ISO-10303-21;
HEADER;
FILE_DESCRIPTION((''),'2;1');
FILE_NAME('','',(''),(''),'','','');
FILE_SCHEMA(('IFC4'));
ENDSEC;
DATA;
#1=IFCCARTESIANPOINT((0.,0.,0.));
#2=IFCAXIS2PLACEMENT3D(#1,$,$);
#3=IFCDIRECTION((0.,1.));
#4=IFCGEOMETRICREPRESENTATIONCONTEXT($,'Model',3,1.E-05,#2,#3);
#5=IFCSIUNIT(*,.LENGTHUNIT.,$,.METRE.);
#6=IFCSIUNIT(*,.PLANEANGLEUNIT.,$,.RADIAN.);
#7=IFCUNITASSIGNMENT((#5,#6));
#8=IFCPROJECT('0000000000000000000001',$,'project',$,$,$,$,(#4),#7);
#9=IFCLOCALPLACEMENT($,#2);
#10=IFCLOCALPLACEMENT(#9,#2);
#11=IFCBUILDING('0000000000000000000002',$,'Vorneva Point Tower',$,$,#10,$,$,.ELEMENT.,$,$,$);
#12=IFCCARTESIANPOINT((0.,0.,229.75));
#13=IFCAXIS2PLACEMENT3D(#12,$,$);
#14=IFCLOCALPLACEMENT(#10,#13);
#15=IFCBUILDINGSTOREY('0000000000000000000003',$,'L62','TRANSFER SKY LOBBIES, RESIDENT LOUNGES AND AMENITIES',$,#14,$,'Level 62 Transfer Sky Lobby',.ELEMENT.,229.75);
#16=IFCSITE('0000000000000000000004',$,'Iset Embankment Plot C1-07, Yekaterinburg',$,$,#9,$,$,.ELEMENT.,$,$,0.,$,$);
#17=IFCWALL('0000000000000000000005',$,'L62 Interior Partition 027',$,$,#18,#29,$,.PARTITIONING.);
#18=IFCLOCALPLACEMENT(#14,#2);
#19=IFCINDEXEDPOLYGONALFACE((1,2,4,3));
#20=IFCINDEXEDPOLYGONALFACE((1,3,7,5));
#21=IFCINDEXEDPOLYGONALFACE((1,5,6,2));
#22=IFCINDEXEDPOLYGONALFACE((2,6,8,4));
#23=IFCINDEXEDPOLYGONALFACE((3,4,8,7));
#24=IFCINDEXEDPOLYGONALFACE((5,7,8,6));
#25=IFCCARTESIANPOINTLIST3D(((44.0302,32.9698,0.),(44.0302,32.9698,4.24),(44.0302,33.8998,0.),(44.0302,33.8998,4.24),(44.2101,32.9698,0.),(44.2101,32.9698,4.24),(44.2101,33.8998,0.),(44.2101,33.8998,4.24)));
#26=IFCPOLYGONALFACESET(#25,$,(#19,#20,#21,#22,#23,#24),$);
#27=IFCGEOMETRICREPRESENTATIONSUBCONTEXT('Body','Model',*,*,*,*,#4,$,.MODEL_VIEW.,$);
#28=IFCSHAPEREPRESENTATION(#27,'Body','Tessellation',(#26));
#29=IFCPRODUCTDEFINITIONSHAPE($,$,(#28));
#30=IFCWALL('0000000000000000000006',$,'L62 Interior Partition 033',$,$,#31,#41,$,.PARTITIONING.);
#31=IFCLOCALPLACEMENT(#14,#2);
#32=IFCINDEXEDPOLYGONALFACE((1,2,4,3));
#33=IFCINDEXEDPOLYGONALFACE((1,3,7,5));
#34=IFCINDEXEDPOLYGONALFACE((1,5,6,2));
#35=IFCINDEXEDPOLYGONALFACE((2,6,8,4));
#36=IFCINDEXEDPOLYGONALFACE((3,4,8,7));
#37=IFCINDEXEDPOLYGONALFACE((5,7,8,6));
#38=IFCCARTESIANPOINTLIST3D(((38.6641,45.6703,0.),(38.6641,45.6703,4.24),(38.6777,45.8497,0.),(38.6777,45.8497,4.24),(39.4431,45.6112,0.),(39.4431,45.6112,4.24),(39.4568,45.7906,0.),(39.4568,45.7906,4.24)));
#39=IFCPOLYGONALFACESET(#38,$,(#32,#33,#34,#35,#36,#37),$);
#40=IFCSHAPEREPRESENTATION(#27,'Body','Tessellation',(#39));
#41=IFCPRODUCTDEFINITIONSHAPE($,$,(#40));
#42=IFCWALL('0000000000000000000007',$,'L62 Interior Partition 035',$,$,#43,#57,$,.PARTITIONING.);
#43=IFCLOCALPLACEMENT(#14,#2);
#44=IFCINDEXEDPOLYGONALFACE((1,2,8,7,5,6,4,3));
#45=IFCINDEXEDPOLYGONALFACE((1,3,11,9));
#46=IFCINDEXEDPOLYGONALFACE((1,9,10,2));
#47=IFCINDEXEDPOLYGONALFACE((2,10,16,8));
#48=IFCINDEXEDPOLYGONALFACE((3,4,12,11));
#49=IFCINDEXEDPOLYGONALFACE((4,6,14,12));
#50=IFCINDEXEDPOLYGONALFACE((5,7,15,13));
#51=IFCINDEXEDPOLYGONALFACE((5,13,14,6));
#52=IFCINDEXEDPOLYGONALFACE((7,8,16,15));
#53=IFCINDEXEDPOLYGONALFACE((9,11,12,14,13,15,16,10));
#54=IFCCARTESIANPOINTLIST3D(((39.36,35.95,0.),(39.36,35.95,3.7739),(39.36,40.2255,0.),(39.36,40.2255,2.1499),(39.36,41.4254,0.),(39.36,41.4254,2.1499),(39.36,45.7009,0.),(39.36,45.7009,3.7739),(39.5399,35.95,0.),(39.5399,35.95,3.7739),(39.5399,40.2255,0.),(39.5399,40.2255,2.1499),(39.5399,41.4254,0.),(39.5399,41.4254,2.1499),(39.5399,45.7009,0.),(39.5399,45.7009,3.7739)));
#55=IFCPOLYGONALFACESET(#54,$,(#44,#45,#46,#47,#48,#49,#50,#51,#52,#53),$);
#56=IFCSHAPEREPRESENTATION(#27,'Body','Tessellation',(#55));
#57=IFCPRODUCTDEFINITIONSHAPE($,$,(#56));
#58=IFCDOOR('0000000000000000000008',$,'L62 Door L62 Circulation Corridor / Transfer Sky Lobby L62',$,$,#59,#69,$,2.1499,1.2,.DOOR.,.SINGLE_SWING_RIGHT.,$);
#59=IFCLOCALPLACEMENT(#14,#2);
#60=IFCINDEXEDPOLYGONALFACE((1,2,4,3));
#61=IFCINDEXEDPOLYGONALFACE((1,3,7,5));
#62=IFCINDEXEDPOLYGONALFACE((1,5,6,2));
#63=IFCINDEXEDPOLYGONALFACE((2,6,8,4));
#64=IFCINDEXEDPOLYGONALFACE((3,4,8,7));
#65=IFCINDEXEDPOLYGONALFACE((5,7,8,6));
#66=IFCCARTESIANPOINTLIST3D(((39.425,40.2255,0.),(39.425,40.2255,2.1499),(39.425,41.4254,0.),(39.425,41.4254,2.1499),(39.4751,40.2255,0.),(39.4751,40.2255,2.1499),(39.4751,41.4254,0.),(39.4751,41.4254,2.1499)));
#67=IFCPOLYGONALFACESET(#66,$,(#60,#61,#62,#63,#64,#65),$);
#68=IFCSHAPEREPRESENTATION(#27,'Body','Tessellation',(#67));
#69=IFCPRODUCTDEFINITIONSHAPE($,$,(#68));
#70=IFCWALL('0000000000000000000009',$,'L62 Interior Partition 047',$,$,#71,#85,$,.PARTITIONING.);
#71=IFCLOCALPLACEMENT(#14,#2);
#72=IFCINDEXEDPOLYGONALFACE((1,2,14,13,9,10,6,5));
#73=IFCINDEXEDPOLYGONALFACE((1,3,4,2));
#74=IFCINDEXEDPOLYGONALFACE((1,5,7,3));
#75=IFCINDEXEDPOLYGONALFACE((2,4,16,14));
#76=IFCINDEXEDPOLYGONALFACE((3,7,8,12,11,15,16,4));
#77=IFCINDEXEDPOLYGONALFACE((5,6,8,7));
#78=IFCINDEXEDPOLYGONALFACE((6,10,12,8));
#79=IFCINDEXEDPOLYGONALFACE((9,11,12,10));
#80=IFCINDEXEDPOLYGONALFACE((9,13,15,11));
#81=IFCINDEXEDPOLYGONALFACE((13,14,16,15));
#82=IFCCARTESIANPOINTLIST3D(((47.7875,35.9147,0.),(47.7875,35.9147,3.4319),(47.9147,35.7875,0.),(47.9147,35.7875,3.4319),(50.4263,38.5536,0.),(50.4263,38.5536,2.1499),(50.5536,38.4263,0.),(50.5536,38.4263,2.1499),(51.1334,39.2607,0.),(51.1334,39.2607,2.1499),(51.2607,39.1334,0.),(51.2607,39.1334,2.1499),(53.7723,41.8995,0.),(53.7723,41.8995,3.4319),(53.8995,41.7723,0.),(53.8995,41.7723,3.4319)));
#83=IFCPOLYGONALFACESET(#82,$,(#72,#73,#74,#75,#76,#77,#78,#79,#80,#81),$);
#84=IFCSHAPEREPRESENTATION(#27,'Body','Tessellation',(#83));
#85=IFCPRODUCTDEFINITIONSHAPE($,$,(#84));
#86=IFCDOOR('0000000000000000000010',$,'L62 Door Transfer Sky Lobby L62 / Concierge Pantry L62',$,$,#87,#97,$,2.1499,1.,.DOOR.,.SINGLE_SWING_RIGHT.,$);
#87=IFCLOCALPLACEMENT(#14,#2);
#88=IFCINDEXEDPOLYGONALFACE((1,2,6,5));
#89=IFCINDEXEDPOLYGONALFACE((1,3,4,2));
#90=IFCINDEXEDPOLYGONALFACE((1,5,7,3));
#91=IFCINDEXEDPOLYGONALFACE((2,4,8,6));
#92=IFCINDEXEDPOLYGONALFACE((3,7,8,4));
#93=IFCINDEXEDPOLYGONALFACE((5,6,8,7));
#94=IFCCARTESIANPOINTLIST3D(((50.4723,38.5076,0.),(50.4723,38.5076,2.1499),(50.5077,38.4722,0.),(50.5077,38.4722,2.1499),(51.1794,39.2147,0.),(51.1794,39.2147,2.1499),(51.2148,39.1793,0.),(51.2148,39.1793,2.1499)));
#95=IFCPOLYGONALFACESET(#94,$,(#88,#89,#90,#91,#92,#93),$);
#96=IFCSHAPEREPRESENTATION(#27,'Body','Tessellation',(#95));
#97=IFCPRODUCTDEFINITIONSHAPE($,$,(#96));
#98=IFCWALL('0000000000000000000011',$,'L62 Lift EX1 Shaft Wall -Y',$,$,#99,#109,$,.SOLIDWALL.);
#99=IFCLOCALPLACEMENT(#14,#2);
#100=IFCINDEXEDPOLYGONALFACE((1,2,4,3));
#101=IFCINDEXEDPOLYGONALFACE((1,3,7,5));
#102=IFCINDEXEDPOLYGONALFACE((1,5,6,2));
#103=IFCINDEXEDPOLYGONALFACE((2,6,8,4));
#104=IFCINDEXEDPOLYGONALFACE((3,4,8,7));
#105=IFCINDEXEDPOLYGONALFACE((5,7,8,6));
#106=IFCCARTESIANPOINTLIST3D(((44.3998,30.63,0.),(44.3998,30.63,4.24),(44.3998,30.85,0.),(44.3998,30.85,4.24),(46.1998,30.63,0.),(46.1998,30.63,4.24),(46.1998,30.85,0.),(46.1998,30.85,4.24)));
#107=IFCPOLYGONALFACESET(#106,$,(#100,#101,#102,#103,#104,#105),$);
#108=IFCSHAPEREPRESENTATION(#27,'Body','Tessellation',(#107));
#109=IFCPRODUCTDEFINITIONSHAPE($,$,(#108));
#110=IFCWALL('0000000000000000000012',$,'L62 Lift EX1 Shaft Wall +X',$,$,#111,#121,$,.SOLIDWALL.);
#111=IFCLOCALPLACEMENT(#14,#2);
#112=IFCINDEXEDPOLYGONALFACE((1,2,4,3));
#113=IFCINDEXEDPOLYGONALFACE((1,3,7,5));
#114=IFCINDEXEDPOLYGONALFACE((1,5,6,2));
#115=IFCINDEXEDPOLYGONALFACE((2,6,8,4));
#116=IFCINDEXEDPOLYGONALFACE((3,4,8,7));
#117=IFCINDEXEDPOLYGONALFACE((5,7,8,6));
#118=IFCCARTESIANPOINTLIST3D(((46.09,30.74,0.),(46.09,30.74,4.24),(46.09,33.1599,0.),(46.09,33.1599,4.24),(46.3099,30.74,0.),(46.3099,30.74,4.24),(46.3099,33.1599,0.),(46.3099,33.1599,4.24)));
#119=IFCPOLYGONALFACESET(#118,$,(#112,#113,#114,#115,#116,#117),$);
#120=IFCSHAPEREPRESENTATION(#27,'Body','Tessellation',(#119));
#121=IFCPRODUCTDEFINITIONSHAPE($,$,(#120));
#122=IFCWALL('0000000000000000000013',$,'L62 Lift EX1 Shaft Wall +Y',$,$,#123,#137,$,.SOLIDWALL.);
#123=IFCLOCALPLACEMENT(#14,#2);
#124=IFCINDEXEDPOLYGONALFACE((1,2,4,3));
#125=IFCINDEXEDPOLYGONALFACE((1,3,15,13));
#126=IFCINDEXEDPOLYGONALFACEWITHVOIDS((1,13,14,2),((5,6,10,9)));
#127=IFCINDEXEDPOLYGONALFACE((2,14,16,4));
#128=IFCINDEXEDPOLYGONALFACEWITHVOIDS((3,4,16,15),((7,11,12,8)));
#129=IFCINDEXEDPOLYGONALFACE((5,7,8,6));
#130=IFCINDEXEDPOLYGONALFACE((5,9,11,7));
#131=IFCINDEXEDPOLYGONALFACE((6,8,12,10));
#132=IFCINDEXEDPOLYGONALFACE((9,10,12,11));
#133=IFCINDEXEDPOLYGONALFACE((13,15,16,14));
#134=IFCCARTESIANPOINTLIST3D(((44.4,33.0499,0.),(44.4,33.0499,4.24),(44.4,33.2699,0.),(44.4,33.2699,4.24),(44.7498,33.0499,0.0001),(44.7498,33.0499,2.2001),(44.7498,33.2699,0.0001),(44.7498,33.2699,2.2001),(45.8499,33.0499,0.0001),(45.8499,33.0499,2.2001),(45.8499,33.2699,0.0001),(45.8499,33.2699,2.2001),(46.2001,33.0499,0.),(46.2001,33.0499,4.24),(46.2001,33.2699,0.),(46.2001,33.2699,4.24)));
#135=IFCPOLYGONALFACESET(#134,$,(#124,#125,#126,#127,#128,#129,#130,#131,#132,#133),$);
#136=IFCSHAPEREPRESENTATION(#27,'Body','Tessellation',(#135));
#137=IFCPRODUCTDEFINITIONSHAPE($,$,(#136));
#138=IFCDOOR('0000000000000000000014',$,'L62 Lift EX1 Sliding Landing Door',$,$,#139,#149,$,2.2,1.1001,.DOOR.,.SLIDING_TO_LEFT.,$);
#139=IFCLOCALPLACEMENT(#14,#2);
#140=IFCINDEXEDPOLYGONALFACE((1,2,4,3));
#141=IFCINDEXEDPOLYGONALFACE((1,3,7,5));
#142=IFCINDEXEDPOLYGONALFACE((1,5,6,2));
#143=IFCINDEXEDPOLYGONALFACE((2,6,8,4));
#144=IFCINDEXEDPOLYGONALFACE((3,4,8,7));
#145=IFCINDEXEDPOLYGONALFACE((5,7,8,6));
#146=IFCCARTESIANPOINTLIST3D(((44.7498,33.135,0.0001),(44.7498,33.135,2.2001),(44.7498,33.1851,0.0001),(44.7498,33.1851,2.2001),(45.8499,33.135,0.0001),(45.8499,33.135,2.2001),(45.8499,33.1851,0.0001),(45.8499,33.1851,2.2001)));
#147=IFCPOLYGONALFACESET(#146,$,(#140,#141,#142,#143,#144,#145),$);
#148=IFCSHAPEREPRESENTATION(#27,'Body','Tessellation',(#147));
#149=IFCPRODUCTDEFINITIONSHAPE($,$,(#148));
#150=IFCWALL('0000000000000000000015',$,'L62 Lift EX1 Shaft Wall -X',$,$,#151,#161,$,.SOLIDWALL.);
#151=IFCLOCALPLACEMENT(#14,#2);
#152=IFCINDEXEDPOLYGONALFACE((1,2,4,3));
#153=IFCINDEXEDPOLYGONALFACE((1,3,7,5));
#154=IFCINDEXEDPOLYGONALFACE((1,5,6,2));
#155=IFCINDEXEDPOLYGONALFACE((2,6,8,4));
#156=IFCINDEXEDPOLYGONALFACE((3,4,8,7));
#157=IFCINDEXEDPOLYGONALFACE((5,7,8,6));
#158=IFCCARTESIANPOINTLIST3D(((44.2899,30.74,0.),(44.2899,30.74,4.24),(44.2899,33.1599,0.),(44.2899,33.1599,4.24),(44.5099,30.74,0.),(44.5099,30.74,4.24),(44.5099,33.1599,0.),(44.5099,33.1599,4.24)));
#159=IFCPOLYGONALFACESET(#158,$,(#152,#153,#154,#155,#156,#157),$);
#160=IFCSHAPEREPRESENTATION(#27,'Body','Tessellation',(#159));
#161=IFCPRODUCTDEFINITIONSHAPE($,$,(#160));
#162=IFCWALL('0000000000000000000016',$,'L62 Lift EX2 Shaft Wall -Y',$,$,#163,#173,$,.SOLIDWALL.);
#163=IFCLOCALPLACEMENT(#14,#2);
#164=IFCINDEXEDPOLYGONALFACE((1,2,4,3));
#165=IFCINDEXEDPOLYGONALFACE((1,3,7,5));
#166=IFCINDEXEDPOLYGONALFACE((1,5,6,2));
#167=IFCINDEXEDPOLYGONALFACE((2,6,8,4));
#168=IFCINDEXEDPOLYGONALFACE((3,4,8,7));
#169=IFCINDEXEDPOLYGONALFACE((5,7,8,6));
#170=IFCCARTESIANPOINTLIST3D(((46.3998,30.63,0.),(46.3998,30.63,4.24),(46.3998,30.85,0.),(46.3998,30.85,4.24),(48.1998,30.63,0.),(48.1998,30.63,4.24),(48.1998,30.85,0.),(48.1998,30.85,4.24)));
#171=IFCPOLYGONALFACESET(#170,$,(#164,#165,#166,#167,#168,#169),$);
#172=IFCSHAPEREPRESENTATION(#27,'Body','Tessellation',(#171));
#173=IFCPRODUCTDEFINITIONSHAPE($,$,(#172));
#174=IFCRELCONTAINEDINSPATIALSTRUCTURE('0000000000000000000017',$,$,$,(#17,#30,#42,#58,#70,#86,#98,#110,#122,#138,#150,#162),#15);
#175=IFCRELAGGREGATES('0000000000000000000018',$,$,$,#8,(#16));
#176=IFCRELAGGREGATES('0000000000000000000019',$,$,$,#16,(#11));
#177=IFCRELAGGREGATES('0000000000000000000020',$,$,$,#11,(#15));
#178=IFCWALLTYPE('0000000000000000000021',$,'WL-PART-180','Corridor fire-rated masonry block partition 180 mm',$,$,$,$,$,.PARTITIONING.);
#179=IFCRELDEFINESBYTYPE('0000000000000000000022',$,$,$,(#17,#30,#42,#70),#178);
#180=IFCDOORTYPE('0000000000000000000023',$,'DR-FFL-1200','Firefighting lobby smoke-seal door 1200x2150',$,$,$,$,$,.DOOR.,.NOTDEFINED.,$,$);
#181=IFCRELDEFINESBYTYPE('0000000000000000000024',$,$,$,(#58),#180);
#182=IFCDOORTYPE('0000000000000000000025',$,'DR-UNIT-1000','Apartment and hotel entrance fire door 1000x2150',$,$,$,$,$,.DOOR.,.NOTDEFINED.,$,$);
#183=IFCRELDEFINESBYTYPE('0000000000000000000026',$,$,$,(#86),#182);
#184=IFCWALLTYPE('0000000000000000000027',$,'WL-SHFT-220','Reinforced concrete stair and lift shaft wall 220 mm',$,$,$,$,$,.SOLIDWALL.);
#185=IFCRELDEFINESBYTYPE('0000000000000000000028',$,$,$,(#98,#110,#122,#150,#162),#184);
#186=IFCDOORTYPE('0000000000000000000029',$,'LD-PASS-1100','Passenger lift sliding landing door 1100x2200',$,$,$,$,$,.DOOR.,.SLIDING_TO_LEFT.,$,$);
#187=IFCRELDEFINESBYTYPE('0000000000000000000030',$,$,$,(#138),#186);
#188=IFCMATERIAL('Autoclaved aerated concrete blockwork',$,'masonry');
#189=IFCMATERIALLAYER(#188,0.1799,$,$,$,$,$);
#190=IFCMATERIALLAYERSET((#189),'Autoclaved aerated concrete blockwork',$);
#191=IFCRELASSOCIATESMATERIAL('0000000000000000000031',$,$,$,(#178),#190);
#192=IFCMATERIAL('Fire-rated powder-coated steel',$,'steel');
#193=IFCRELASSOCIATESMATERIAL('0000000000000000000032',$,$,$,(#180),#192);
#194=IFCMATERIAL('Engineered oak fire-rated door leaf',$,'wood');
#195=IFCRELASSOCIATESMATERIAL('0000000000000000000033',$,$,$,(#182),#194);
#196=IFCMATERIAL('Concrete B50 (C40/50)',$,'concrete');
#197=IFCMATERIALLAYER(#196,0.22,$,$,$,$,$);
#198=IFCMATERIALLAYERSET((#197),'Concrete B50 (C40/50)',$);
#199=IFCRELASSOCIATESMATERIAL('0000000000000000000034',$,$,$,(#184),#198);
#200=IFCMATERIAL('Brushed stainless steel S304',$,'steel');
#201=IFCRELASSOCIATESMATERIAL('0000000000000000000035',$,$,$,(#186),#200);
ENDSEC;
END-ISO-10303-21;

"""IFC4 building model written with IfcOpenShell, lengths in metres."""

from ifc_helpers import new_model, si_unit, direction, frame, frame_2d, origin, place, context, subcontext, project, spatial, rectangle, extrude, material, layer, layer_set, type_object, element, fill, save


model = new_model("IFC4")

# Units and contexts
model_context = context("Model", 3, precision=1e-05, world=origin(), true_north=direction((0.0, 1.0)))
body_context = subcontext(model_context, "Body", "Model", "MODEL_VIEW")
ifc_project = project(units=[si_unit("LENGTHUNIT", "METRE"), si_unit("PLANEANGLEUNIT", "RADIAN")], contexts=[model_context])

# Site, building, storey
site_placement = place(None, origin())
site = spatial("IfcSite", under=ifc_project, at=site_placement, Name="Iset Embankment Plot C1-07, Yekaterinburg", CompositionType="ELEMENT", RefElevation=0.0)
building_placement = place(site_placement, origin())
building = spatial("IfcBuilding", under=site, at=building_placement, Name="Vorneva Point Tower", CompositionType="ELEMENT")
storey_placement = place(building_placement, frame((0.0, 0.0, 229.75)))
storey = spatial("IfcBuildingStorey", under=building, at=storey_placement, Name="L62", Description="TRANSFER SKY LOBBIES, RESIDENT LOUNGES AND AMENITIES", LongName="Level 62 Transfer Sky Lobby", CompositionType="ELEMENT", Elevation=229.75)

# Shared definitions
ifc_material_1 = material(Name="Concrete B50 (C40/50)", Category="concrete")

# Shared definitions
ifc_material_2 = material(Name="Autoclaved aerated concrete blockwork", Category="masonry")
ifc_layer_1 = layer(ifc_material_2, 0.1799)
ifc_layer_set_1 = layer_set([ifc_layer_1], Name="Autoclaved aerated concrete blockwork")
wall_type_1 = type_object("IfcWallType", Name="WL-PART-180", Description="Corridor fire-rated masonry block partition 180 mm", PredefinedType="PARTITIONING", material=ifc_layer_set_1)
ifc_material_3 = material(Name="Engineered oak fire-rated door leaf", Category="wood")

# Walls
wall_1_placement = place(storey_placement, frame((44.1201, 32.97, 0.0), z_axis=(0.0, 0.0, 1.0), x_axis=(0.0, 1.0, 0.0)))
element("IfcWall", 1, at=wall_1_placement, inside=storey, type_object=wall_type_1, Name="L62 Interior Partition 027", PredefinedType="PARTITIONING", context=body_context, shape_type="SweptSolid", body=[
    extrude(rectangle(XDim=0.9299, YDim=0.1799, at=frame_2d((0.4648, 0.0))), origin(), (0.0, 0.0, 1.0), 4.24),
])
wall_2_placement = place(storey_placement, frame((39.45, 45.7009, 0.0), z_axis=(0.0, 0.0, 1.0), x_axis=(-0.997137, 0.075621, 0.0)))
element("IfcWall", 2, at=wall_2_placement, inside=storey, type_object=wall_type_1, Name="L62 Interior Partition 033", PredefinedType="PARTITIONING", context=body_context, shape_type="SweptSolid", body=[
    extrude(rectangle(XDim=0.7812, YDim=0.1799, at=frame_2d((0.3906, 0.0))), origin(), (0.0, 0.0, 1.0), 4.24),
])

# Walls, openings, doors
wall_3_placement = place(storey_placement, frame((39.45, 35.95, 0.0), z_axis=(0.0, 0.0, 1.0), x_axis=(0.0, 1.0, 0.0)))
wall_3 = element("IfcWall", 3, at=wall_3_placement, inside=storey, type_object=wall_type_1, Name="L62 Interior Partition 035", PredefinedType="PARTITIONING", context=body_context, shape_type="SweptSolid", body=[
    extrude(rectangle(XDim=9.751, YDim=0.1799, at=frame_2d((4.8755, 0.0))), origin(), (0.0, 0.0, 1.0), 3.7739),
])
opening_1_placement = place(wall_3_placement, frame((4.2754, 0.0, 0.0)))
opening_1 = element("IfcOpeningElement", 4, at=opening_1_placement, cuts=wall_3, PredefinedType="OPENING", context=body_context, shape_type="SweptSolid", body=[
    extrude(rectangle(XDim=1.2, YDim=2.1499, at=frame_2d((0.6001, 1.075))), frame((0.0, 0.105, 0.0), z_axis=(0.0, -1.0, 0.0), x_axis=(1.0, 0.0, 0.0)), (0.0, 0.0, 1.0), 0.2097),
])
ifc_material_4 = material(Name="Fire-rated powder-coated steel", Category="steel")
door_type_1 = type_object("IfcDoorType", Name="DR-FFL-1200", Description="Firefighting lobby smoke-seal door 1200x2150", OperationType="NOTDEFINED", PredefinedType="DOOR", material=ifc_material_4)
door_1_placement = place(opening_1_placement, origin())
door_1 = element("IfcDoor", 5, at=door_1_placement, inside=storey, type_object=door_type_1, Name="L62 Door L62 Circulation Corridor / Transfer Sky Lobby L62", OperationType="SINGLE_SWING_RIGHT", OverallHeight=2.1499, OverallWidth=1.2, PredefinedType="DOOR", context=body_context, shape_type="SweptSolid", body=[
    extrude(rectangle(XDim=1.2, YDim=2.1499, at=frame_2d((0.6001, 1.075))), frame((0.0, 0.0249, 0.0), z_axis=(0.0, -1.0, 0.0), x_axis=(1.0, 0.0, 0.0)), (0.0, 0.0, 1.0), 0.05),
])
fill(opening_1, door_1)
wall_4_placement = place(storey_placement, frame((47.8511, 35.8511, 0.0), z_axis=(0.0, 0.0, 1.0), x_axis=(0.707107, 0.707107, 0.0)))
wall_4 = element("IfcWall", 6, at=wall_4_placement, inside=storey, type_object=wall_type_1, Name="L62 Interior Partition 047", PredefinedType="PARTITIONING", context=body_context, shape_type="SweptSolid", body=[
    extrude(rectangle(XDim=8.4639, YDim=0.1799, at=frame_2d((4.2319, 0.0))), origin(), (0.0, 0.0, 1.0), 3.4319),
])
opening_2_placement = place(wall_4_placement, frame((3.7319, 0.0, 0.0)))
opening_2 = element("IfcOpeningElement", 7, at=opening_2_placement, cuts=wall_4, PredefinedType="OPENING", context=body_context, shape_type="SweptSolid", body=[
    extrude(rectangle(XDim=1.0, YDim=2.1499, at=frame_2d((0.5, 1.075))), frame((0.0, 0.105, 0.0), z_axis=(0.0, -1.0, 0.0), x_axis=(1.0, 0.0, 0.0)), (0.0, 0.0, 1.0), 0.2097),
])
door_type_2 = type_object("IfcDoorType", Name="DR-UNIT-1000", Description="Apartment and hotel entrance fire door 1000x2150", OperationType="NOTDEFINED", PredefinedType="DOOR", material=ifc_material_3)
door_2_placement = place(opening_2_placement, origin())
door_2 = element("IfcDoor", 8, at=door_2_placement, inside=storey, type_object=door_type_2, Name="L62 Door Transfer Sky Lobby L62 / Concierge Pantry L62", OperationType="SINGLE_SWING_RIGHT", OverallHeight=2.1499, OverallWidth=1.0, PredefinedType="DOOR", context=body_context, shape_type="SweptSolid", body=[
    extrude(rectangle(XDim=1.0, YDim=2.1499, at=frame_2d((0.5, 1.075))), frame((0.0, 0.0249, 0.0), z_axis=(0.0, -1.0, 0.0), x_axis=(1.0, 0.0, 0.0)), (0.0, 0.0, 1.0), 0.05),
])
fill(opening_2, door_2)

# Walls
ifc_layer_2 = layer(ifc_material_1, 0.22)
ifc_layer_set_2 = layer_set([ifc_layer_2], Name="Concrete B50 (C40/50)")
wall_type_2 = type_object("IfcWallType", Name="WL-SHFT-220", Description="Reinforced concrete stair and lift shaft wall 220 mm", PredefinedType="SOLIDWALL", material=ifc_layer_set_2)
wall_5_placement = place(storey_placement, frame((44.3999, 30.74, 0.0), z_axis=(0.0, 0.0, 1.0), x_axis=(1.0, 0.0, 0.0)))
element("IfcWall", 9, at=wall_5_placement, inside=storey, type_object=wall_type_2, Name="L62 Lift EX1 Shaft Wall -Y", PredefinedType="SOLIDWALL", context=body_context, shape_type="SweptSolid", body=[
    extrude(rectangle(XDim=1.8, YDim=0.22, at=frame_2d((0.8999, 0.0))), origin(), (0.0, 0.0, 1.0), 4.24),
])
wall_6_placement = place(storey_placement, frame((46.2, 30.74, 0.0), z_axis=(0.0, 0.0, 1.0), x_axis=(0.0, 1.0, 0.0)))
element("IfcWall", 10, at=wall_6_placement, inside=storey, type_object=wall_type_2, Name="L62 Lift EX1 Shaft Wall +X", PredefinedType="SOLIDWALL", context=body_context, shape_type="SweptSolid", body=[
    extrude(rectangle(XDim=2.4199, YDim=0.22, at=frame_2d((1.21, 0.0))), origin(), (0.0, 0.0, 1.0), 4.24),
])

# Wall, opening, door
wall_7_placement = place(storey_placement, frame((46.2, 33.1599, 0.0), z_axis=(0.0, 0.0, 1.0), x_axis=(-1.0, 0.0, 0.0)))
wall_7 = element("IfcWall", 11, at=wall_7_placement, inside=storey, type_object=wall_type_2, Name="L62 Lift EX1 Shaft Wall +Y", PredefinedType="SOLIDWALL", context=body_context, shape_type="SweptSolid", body=[
    extrude(rectangle(XDim=1.8, YDim=0.22, at=frame_2d((0.8999, 0.0))), origin(), (0.0, 0.0, 1.0), 4.24),
])
opening_3_placement = place(wall_7_placement, frame((0.3501, 0.0, 0.0)))
opening_3 = element("IfcOpeningElement", 12, at=opening_3_placement, cuts=wall_7, PredefinedType="OPENING", context=body_context, shape_type="SweptSolid", body=[
    extrude(rectangle(XDim=1.1001, YDim=2.2, at=frame_2d((0.55, 1.1001))), frame((0.0, 0.125, 0.0), z_axis=(0.0, -1.0, 0.0), x_axis=(1.0, 0.0, 0.0)), (0.0, 0.0, 1.0), 0.2498),
])
ifc_material_5 = material(Name="Brushed stainless steel S304", Category="steel")
door_type_3 = type_object("IfcDoorType", Name="LD-PASS-1100", Description="Passenger lift sliding landing door 1100x2200", OperationType="SLIDING_TO_LEFT", PredefinedType="DOOR", material=ifc_material_5)
door_3_placement = place(opening_3_placement, origin())
door_3 = element("IfcDoor", 13, at=door_3_placement, inside=storey, type_object=door_type_3, Name="L62 Lift EX1 Sliding Landing Door", OperationType="SLIDING_TO_LEFT", OverallHeight=2.2, OverallWidth=1.1001, PredefinedType="DOOR", context=body_context, shape_type="SweptSolid", body=[
    extrude(rectangle(XDim=1.1001, YDim=2.2, at=frame_2d((0.55, 1.1001))), frame((0.0, 0.0249, 0.0), z_axis=(0.0, -1.0, 0.0), x_axis=(1.0, 0.0, 0.0)), (0.0, 0.0, 1.0), 0.05),
])
fill(opening_3, door_3)

# Walls
wall_8_placement = place(storey_placement, frame((44.3999, 33.1599, 0.0), z_axis=(0.0, 0.0, 1.0), x_axis=(0.0, -1.0, 0.0)))
element("IfcWall", 14, at=wall_8_placement, inside=storey, type_object=wall_type_2, Name="L62 Lift EX1 Shaft Wall -X", PredefinedType="SOLIDWALL", context=body_context, shape_type="SweptSolid", body=[
    extrude(rectangle(XDim=2.4199, YDim=0.22, at=frame_2d((1.21, 0.0))), origin(), (0.0, 0.0, 1.0), 4.24),
])
wall_9_placement = place(storey_placement, frame((46.3999, 30.74, 0.0), z_axis=(0.0, 0.0, 1.0), x_axis=(1.0, 0.0, 0.0)))
element("IfcWall", 15, at=wall_9_placement, inside=storey, type_object=wall_type_2, Name="L62 Lift EX2 Shaft Wall -Y", PredefinedType="SOLIDWALL", context=body_context, shape_type="SweptSolid", body=[
    extrude(rectangle(XDim=1.8, YDim=0.22, at=frame_2d((0.8999, 0.0))), origin(), (0.0, 0.0, 1.0), 4.24),
])

save(model, "model.ifc")
